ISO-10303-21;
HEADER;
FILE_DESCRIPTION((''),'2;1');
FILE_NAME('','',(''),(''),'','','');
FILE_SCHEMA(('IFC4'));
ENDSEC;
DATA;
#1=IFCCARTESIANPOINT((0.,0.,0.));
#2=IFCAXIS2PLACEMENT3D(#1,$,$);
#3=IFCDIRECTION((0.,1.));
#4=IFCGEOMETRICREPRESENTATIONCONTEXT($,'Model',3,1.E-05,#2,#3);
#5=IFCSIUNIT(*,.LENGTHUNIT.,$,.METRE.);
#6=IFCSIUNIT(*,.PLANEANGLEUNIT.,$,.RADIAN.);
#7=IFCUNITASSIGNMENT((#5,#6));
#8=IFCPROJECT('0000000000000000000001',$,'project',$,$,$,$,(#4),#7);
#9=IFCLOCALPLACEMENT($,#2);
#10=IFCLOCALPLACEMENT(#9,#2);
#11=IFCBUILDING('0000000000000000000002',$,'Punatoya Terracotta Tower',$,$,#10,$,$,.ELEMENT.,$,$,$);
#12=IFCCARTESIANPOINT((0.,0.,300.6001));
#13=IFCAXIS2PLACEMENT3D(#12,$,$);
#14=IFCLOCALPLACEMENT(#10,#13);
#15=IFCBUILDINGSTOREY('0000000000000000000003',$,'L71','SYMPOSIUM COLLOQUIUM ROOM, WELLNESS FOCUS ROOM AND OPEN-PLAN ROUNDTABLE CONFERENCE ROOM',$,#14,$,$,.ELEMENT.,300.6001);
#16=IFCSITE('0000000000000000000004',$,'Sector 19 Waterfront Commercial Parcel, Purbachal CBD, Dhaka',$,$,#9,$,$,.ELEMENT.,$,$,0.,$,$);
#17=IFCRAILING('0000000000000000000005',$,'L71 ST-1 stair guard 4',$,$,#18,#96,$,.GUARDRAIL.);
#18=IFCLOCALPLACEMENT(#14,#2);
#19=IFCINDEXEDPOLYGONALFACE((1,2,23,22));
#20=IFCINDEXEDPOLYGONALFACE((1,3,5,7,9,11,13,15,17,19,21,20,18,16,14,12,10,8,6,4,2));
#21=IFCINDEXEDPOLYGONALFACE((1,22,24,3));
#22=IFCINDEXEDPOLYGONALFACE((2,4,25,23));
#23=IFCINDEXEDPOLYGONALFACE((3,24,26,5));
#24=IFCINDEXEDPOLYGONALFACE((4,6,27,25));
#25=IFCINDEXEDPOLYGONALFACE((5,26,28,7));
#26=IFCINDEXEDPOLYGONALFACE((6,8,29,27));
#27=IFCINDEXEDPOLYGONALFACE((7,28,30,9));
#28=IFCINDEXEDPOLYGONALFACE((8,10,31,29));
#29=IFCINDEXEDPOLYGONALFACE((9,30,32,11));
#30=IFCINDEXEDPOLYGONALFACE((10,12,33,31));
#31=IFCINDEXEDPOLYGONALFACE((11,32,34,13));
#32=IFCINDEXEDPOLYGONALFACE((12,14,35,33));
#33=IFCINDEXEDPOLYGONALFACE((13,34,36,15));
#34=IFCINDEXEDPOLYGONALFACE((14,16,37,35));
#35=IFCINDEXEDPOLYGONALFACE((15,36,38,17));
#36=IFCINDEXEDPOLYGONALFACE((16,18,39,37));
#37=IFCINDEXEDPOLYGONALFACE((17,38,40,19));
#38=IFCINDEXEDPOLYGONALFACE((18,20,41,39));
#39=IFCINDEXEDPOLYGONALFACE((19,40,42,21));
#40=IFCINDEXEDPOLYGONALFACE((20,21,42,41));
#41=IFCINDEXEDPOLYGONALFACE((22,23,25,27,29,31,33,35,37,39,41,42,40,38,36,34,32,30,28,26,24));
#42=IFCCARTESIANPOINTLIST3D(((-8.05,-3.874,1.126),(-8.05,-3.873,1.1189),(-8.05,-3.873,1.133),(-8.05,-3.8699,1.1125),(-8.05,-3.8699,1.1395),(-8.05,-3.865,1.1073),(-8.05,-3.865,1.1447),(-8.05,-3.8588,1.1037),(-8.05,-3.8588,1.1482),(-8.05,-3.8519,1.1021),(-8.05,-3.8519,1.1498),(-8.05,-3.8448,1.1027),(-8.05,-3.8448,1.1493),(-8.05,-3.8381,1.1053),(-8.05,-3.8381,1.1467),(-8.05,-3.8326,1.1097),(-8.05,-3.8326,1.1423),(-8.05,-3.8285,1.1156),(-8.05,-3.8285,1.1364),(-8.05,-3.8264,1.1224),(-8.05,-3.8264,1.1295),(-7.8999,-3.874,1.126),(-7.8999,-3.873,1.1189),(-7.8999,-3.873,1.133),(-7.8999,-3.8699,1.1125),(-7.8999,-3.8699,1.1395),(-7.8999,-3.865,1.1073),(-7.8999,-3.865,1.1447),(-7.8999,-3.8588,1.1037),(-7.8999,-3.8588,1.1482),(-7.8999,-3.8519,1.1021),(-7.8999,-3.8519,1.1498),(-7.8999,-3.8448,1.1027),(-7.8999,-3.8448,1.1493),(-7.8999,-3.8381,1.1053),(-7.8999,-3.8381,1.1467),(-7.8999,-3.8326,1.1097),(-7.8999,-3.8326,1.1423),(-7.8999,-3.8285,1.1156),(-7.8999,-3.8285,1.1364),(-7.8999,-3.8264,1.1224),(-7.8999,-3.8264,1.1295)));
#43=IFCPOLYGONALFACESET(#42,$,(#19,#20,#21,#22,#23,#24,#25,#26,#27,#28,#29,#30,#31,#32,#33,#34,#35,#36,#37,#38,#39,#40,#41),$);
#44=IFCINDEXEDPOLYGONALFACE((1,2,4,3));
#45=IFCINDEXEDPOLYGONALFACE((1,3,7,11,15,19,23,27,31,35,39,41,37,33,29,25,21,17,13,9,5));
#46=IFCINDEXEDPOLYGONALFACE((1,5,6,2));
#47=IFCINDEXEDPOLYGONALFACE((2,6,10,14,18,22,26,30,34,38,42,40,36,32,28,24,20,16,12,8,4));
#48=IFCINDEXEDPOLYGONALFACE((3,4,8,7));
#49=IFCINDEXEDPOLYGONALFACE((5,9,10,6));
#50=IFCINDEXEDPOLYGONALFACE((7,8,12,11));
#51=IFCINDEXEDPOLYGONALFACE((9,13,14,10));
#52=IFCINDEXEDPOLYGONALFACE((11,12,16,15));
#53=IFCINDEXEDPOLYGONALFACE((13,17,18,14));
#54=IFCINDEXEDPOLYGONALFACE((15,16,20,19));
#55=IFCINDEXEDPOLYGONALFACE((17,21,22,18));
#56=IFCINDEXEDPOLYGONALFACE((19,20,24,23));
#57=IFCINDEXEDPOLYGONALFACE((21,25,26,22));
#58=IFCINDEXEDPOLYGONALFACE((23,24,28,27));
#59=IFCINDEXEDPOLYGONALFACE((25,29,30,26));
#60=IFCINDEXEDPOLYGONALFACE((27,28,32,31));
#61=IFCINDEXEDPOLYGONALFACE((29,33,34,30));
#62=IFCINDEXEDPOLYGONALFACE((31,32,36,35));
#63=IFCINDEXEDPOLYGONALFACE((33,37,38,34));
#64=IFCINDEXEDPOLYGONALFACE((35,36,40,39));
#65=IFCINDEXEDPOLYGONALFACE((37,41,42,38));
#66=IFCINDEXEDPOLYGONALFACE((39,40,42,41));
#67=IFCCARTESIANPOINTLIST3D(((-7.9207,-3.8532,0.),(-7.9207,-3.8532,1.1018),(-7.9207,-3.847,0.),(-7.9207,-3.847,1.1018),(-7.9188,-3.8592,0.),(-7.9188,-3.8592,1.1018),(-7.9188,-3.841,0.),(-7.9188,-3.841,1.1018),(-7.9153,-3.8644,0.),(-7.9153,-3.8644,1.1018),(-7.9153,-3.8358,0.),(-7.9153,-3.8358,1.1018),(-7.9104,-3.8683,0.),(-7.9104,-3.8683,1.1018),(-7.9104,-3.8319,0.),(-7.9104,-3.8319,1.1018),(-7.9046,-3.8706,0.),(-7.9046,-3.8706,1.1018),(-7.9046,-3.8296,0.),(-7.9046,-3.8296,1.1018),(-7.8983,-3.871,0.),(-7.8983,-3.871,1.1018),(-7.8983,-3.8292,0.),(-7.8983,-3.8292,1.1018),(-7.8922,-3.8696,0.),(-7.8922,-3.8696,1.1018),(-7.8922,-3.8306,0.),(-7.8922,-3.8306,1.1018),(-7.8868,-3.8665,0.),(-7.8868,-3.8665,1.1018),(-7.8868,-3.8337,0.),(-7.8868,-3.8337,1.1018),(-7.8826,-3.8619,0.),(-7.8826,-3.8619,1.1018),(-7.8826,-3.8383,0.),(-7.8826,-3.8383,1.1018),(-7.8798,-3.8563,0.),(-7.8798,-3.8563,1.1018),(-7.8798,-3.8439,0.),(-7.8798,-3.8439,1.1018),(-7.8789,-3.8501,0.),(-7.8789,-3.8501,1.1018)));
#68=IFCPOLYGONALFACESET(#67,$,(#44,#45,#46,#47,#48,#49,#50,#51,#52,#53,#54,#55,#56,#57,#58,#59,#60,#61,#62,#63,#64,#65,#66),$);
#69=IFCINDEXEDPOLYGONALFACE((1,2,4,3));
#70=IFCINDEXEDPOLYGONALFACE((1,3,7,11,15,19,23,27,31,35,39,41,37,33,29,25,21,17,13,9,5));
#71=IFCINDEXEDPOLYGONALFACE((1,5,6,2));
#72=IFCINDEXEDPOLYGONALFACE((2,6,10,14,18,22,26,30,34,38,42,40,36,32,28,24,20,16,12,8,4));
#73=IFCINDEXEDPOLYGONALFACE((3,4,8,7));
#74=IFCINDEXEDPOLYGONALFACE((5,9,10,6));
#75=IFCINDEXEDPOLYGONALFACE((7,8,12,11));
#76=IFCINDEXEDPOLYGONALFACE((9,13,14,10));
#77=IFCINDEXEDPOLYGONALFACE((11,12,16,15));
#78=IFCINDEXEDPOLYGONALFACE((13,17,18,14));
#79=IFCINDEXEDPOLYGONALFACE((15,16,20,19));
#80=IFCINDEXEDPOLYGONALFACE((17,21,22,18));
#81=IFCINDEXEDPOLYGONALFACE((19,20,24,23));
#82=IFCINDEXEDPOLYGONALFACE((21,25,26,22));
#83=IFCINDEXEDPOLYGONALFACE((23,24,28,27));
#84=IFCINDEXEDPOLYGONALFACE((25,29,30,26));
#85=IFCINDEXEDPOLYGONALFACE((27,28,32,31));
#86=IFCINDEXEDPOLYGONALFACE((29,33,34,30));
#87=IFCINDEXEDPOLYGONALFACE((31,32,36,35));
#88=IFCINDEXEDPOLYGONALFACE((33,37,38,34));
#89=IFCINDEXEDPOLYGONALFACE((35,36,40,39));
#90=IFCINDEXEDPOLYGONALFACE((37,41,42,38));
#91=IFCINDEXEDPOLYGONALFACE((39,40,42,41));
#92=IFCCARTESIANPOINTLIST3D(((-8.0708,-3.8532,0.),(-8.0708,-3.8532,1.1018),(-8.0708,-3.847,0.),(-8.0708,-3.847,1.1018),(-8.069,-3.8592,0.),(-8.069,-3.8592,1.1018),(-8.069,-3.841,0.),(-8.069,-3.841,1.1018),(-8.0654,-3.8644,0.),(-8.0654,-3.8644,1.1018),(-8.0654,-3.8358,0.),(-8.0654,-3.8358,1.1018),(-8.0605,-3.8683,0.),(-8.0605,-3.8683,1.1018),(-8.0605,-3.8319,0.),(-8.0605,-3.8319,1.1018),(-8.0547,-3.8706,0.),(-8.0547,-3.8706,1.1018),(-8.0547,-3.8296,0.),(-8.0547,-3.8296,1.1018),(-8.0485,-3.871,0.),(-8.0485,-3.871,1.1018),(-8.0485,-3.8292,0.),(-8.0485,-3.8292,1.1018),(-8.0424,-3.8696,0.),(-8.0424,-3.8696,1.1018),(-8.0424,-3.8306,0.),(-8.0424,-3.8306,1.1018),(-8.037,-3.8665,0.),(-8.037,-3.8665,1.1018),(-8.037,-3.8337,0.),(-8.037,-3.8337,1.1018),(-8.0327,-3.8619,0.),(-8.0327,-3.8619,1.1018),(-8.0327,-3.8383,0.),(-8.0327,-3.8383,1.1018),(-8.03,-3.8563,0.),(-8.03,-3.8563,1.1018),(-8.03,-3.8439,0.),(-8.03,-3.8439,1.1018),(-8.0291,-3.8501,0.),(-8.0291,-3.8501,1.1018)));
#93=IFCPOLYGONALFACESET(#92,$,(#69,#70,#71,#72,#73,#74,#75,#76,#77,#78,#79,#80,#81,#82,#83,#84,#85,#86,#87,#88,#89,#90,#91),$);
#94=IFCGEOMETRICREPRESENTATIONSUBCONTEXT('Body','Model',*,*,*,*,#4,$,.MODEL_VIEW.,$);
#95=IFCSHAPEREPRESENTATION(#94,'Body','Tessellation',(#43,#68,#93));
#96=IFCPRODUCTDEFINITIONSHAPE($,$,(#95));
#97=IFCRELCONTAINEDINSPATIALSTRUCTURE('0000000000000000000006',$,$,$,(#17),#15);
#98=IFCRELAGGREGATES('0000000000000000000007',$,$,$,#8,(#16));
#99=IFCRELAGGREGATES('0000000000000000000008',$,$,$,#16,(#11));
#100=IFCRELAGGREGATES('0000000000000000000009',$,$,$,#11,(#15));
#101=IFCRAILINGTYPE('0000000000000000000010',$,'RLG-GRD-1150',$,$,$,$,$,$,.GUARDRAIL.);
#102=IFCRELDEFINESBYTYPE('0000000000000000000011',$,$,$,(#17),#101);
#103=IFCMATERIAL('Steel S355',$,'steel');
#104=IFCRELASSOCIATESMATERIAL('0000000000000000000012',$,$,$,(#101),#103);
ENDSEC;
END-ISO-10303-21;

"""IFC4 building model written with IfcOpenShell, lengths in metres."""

from ifc_helpers import new_model, si_unit, direction, frame, origin, origin_2d, place, context, subcontext, project, spatial, circle, extrude, material, type_object, element, save


model = new_model("IFC4")

# Units and contexts
model_context = context("Model", 3, precision=1e-05, world=origin(), true_north=direction((0.0, 1.0)))
body_context = subcontext(model_context, "Body", "Model", "MODEL_VIEW")
ifc_project = project(units=[si_unit("LENGTHUNIT", "METRE"), si_unit("PLANEANGLEUNIT", "RADIAN")], contexts=[model_context])

# Site, building, storey
site_placement = place(None, origin())
site = spatial("IfcSite", under=ifc_project, at=site_placement, Name="Sector 19 Waterfront Commercial Parcel, Purbachal CBD, Dhaka", CompositionType="ELEMENT", RefElevation=0.0)
building_placement = place(site_placement, origin())
building = spatial("IfcBuilding", under=site, at=building_placement, Name="Punatoya Terracotta Tower", CompositionType="ELEMENT")
storey_placement = place(building_placement, frame((0.0, 0.0, 300.6001)))
storey = spatial("IfcBuildingStorey", under=building, at=storey_placement, Name="L71", Description="SYMPOSIUM COLLOQUIUM ROOM, WELLNESS FOCUS ROOM AND OPEN-PLAN ROUNDTABLE CONFERENCE ROOM", CompositionType="ELEMENT", Elevation=300.6001)

# Shared definitions
ifc_material_1 = material(Name="Steel S355", Category="steel")

# Railing
railing_type_1 = type_object("IfcRailingType", Name="RLG-GRD-1150", PredefinedType="GUARDRAIL", material=ifc_material_1)
railing_1_placement = place(storey_placement, frame((-7.8999, -3.8501, 0.0)))
element("IfcRailing", 1, at=railing_1_placement, inside=storey, type_object=railing_type_1, Name="L71 ST-1 stair guard 4", PredefinedType="GUARDRAIL", context=body_context, shape_type="SweptSolid", body=[
    extrude(circle(Radius=0.0239, at=origin_2d()), frame((0.0, 0.0, 1.126), z_axis=(-1.0, 0.0, 0.0), x_axis=(0.0, -1.0, 0.0)), (0.0, 0.0, 1.0), 0.1501),
    extrude(circle(Radius=0.021, at=origin_2d()), origin(), (0.0, 0.0, 1.0), 1.1018),
    extrude(circle(Radius=0.021, at=origin_2d()), frame((-0.1501, 0.0, 0.0)), (0.0, 0.0, 1.0), 1.1018),
])

save(model, "model.ifc")
